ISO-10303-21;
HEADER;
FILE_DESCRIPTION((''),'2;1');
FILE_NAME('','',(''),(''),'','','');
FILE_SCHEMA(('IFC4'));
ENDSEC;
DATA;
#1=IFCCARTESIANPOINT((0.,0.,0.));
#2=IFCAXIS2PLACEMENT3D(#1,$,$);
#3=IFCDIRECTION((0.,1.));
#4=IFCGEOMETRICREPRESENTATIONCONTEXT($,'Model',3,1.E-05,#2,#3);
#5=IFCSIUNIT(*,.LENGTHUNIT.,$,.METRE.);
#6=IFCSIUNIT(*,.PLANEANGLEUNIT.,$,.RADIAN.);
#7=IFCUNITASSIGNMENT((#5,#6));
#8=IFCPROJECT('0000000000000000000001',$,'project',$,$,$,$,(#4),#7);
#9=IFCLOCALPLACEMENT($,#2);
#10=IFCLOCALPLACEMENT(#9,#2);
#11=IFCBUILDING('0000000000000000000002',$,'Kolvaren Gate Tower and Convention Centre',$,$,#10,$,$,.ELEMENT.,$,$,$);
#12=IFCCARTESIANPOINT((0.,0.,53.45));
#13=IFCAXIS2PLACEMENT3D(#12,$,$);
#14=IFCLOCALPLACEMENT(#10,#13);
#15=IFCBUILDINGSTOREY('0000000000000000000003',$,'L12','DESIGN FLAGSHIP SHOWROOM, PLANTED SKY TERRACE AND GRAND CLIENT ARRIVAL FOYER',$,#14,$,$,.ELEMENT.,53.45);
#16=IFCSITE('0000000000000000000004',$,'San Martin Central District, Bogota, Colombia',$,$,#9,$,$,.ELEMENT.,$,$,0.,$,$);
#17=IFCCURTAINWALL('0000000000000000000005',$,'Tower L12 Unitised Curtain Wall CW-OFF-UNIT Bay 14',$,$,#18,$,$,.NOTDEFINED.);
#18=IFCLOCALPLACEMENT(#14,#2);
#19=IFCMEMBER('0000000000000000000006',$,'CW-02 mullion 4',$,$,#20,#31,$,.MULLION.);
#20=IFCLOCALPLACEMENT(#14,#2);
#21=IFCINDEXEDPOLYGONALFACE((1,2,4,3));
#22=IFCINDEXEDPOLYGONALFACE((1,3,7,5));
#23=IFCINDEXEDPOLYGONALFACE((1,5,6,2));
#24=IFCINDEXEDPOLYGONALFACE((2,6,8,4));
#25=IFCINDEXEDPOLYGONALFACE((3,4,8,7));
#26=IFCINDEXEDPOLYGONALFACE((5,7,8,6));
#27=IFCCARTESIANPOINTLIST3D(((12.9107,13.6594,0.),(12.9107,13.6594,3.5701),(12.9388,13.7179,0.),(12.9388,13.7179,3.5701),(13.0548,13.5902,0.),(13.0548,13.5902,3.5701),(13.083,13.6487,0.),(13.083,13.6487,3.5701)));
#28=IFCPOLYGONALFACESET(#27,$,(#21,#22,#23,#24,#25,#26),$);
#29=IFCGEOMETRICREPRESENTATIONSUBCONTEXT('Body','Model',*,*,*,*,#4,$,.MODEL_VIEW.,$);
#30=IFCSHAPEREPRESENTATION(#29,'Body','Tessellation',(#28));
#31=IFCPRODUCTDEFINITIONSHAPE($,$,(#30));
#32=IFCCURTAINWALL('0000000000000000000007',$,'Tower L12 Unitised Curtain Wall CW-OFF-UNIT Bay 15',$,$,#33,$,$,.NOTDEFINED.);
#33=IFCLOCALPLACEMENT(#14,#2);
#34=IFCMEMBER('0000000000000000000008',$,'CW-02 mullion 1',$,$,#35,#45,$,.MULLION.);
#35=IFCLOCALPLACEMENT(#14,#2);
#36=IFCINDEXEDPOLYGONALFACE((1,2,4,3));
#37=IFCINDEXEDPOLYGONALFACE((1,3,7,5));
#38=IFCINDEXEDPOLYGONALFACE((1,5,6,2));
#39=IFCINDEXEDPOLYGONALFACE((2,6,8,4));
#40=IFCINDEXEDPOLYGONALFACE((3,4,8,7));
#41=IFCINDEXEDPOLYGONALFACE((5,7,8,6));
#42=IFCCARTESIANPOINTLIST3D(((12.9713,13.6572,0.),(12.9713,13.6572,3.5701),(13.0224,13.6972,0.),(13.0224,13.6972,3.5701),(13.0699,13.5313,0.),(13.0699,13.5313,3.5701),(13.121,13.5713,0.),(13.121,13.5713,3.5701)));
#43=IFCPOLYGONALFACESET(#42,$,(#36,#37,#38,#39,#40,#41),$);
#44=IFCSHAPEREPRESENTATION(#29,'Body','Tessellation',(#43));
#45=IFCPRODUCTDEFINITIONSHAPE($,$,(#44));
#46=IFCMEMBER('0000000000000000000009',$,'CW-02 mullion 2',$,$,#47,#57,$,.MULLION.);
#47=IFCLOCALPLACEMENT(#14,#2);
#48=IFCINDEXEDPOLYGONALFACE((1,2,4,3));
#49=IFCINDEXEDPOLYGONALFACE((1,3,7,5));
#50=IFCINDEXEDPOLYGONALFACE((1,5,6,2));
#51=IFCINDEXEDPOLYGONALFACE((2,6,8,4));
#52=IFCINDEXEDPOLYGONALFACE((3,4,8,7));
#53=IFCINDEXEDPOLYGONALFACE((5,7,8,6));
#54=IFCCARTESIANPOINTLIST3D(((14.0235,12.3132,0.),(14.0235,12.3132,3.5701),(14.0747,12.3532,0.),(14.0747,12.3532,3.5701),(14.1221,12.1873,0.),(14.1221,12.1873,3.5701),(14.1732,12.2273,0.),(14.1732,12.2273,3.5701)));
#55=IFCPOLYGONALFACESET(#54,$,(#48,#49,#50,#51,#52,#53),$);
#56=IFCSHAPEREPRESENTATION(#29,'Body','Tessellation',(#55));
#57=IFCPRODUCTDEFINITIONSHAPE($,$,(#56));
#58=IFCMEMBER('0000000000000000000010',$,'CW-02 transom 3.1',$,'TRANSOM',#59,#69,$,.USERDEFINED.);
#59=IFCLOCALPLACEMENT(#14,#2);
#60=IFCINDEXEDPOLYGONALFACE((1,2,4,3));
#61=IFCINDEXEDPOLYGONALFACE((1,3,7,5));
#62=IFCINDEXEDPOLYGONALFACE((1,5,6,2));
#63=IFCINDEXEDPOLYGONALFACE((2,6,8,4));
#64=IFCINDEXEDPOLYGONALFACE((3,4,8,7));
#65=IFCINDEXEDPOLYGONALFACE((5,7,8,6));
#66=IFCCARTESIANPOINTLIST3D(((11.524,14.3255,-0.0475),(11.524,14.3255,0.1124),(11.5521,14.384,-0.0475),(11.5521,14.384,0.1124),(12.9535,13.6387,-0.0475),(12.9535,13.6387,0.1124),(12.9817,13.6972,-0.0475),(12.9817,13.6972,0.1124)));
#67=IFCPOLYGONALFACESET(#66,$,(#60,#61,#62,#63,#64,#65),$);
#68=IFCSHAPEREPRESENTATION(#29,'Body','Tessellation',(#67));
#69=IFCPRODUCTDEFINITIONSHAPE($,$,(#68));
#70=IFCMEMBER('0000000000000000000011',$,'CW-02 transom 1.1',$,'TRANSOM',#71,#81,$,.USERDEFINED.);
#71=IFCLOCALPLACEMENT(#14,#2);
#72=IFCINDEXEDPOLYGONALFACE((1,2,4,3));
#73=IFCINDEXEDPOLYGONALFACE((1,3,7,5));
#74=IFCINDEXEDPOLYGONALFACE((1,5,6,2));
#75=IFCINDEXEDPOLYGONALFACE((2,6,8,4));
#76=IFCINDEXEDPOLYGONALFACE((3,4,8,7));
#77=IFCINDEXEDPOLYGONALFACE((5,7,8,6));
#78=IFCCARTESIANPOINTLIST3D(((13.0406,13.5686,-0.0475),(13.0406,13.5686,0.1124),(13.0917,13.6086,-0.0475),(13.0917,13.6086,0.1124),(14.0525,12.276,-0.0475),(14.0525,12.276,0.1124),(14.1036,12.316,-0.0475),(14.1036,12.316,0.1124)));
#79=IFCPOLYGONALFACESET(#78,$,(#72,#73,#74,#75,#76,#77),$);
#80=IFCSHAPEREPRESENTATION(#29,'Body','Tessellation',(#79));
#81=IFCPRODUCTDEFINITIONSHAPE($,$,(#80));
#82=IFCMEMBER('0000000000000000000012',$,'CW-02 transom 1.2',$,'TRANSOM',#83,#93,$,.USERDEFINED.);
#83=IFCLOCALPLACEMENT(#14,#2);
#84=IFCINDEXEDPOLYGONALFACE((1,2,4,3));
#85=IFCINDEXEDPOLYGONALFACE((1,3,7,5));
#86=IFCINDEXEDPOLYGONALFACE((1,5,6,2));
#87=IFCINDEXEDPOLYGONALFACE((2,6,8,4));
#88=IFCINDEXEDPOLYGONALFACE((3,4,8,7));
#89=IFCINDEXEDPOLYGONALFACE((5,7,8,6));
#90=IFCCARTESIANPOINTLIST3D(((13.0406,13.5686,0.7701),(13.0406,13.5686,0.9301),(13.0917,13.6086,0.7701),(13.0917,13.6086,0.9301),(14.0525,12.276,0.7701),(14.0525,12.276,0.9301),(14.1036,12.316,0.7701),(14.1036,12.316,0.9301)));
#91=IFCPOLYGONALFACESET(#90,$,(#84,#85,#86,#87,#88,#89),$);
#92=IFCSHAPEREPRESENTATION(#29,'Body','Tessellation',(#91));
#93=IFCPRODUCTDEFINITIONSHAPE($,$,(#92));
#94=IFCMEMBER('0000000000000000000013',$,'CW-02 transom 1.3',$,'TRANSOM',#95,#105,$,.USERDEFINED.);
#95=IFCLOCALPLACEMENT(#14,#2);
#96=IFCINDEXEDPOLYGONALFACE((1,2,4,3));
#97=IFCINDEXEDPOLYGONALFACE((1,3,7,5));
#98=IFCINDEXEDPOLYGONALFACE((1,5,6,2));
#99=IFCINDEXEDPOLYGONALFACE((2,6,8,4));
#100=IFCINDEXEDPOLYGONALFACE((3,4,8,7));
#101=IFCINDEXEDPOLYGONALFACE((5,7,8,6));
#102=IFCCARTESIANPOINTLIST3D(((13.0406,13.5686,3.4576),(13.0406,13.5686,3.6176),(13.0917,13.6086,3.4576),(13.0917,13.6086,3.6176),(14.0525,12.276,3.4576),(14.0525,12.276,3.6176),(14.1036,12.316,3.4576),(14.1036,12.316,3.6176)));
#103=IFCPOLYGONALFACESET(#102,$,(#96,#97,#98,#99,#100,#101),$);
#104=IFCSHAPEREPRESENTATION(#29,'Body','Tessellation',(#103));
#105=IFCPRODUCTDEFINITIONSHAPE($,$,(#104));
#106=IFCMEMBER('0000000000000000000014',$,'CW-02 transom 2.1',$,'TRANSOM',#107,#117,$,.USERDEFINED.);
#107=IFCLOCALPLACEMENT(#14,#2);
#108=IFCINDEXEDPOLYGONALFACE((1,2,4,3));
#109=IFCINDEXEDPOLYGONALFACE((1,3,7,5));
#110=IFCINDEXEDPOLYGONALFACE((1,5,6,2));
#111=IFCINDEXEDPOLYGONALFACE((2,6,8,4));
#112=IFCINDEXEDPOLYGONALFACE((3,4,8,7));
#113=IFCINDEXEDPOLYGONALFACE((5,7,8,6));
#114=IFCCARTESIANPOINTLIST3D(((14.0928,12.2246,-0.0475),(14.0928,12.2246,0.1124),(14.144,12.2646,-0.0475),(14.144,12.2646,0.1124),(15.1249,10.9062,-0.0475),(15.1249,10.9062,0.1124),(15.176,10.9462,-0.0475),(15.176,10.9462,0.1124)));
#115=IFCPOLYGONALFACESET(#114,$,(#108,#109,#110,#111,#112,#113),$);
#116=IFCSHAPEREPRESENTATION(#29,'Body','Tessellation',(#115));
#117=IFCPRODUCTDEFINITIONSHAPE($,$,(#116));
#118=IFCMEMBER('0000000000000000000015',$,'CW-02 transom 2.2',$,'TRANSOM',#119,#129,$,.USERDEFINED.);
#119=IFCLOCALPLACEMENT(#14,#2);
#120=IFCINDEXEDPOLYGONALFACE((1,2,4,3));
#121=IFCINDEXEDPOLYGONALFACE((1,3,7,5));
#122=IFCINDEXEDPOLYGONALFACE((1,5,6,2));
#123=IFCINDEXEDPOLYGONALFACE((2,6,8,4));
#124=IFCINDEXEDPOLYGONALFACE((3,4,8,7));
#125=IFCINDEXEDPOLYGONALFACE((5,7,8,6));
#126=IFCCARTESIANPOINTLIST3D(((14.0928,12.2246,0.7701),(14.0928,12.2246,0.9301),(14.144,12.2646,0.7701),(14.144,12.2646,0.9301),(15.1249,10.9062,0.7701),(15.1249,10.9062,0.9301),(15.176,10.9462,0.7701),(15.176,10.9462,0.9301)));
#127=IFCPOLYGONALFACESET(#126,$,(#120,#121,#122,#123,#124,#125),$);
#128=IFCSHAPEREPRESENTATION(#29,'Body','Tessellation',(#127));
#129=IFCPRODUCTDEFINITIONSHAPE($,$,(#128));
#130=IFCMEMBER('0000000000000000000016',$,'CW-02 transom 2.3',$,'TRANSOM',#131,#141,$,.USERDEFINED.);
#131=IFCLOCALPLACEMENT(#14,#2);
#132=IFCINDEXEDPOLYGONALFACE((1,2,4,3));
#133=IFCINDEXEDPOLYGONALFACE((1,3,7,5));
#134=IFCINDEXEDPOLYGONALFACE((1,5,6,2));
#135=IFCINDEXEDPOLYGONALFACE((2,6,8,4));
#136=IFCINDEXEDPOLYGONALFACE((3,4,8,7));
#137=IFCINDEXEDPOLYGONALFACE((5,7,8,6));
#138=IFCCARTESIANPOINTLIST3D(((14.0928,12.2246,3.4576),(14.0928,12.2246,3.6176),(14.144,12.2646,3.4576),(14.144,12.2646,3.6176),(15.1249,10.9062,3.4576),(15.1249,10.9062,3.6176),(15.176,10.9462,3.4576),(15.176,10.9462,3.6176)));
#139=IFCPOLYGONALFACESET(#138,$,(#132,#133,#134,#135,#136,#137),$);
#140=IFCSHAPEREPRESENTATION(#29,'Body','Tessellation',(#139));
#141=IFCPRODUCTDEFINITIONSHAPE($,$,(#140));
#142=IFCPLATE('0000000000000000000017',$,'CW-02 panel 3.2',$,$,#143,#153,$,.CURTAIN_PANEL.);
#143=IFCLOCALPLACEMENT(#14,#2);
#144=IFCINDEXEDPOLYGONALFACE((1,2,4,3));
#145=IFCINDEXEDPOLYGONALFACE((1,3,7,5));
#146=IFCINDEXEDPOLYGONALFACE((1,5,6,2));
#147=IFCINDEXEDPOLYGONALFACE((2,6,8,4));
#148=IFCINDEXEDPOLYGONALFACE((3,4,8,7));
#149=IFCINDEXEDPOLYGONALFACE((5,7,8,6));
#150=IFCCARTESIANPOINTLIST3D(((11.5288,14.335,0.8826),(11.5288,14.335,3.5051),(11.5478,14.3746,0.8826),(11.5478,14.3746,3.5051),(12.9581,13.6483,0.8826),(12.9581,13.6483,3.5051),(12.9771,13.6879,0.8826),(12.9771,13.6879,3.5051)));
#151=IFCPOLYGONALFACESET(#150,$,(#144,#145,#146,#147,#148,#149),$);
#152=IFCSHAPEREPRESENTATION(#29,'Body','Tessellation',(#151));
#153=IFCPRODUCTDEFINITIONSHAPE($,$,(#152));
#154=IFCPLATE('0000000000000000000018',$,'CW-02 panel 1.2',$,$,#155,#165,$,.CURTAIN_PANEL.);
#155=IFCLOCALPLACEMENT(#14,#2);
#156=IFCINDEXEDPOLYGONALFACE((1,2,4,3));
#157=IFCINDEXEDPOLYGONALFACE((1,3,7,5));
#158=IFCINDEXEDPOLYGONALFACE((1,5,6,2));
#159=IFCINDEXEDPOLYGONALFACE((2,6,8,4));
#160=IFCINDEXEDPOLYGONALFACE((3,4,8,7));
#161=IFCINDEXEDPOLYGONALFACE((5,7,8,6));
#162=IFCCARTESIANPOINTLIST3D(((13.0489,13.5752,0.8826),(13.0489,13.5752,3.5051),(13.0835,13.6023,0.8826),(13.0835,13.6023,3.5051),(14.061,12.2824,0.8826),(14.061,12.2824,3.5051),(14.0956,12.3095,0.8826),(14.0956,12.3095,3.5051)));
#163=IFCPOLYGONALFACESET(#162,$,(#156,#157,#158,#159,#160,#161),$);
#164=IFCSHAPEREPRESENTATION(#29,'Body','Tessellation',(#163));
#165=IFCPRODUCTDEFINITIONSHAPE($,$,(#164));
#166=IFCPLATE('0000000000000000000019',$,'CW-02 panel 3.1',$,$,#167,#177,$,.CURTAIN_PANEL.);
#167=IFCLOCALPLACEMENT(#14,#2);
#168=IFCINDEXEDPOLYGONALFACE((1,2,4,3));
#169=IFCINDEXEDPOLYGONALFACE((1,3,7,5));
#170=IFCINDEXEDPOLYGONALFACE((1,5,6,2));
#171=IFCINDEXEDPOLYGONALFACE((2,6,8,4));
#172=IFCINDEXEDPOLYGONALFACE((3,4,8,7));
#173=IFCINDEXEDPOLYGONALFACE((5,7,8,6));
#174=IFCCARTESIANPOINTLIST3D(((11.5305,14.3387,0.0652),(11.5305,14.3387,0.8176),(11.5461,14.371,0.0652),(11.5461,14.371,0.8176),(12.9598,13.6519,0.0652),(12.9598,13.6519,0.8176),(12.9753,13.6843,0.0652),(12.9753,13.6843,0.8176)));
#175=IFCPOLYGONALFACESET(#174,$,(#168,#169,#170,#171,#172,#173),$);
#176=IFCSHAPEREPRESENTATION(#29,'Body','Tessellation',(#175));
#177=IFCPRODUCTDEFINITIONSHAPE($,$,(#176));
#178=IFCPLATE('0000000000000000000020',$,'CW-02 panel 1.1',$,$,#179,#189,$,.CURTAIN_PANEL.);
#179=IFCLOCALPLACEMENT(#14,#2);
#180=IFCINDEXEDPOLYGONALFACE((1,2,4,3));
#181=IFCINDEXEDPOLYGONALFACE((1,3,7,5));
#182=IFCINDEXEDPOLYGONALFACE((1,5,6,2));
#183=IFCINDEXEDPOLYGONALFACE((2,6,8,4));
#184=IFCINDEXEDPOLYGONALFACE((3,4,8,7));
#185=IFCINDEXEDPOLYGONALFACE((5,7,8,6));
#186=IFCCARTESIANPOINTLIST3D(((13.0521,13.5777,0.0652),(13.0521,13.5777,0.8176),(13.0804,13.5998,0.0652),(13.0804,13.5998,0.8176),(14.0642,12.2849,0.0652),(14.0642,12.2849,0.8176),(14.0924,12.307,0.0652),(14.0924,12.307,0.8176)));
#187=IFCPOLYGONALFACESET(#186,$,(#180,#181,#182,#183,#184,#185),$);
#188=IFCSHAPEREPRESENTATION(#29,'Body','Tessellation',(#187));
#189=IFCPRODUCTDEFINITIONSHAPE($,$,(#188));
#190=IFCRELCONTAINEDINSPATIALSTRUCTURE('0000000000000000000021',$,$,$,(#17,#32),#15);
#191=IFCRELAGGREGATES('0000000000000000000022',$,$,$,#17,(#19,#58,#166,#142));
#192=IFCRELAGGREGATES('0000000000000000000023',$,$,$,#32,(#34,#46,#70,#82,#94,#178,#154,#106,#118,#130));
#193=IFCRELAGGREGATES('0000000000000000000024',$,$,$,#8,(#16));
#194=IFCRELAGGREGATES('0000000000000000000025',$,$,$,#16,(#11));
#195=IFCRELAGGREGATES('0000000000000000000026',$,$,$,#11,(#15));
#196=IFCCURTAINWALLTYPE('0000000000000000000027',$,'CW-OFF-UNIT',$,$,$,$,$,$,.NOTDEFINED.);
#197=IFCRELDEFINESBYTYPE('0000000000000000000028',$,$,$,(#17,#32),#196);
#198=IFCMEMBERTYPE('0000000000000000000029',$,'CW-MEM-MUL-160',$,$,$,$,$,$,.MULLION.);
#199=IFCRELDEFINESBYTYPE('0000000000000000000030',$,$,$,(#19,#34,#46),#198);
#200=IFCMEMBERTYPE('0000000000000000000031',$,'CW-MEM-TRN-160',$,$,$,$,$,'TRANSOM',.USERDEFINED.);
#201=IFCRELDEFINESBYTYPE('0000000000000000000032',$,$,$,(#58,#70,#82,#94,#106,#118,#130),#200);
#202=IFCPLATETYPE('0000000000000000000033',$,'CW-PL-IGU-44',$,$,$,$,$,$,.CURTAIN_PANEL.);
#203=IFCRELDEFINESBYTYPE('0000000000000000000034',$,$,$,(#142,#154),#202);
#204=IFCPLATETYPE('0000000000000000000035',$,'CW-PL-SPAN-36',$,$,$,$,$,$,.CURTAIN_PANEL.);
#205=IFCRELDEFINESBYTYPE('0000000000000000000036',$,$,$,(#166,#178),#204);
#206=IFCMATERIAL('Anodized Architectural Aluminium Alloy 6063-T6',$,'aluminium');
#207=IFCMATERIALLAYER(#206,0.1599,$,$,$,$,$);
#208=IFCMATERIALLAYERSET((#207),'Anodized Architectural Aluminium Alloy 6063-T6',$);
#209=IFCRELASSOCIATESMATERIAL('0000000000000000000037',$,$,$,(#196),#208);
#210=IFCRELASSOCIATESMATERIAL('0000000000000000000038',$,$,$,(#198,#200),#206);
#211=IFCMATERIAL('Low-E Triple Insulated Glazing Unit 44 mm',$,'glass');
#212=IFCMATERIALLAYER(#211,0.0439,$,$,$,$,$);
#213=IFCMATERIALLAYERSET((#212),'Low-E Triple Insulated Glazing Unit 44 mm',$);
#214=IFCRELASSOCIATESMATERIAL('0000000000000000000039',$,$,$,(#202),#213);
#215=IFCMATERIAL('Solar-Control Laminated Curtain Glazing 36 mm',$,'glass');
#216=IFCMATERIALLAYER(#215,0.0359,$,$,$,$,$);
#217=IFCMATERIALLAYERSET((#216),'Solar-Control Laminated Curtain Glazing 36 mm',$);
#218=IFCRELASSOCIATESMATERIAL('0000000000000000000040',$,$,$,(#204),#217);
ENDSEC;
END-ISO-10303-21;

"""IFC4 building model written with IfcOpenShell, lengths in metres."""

from ifc_helpers import new_model, si_unit, direction, frame, origin, origin_2d, place, context, subcontext, project, spatial, rectangle, extrude, material, layer, layer_set, material_profile, profile_set, type_object, element, aggregate, save


model = new_model("IFC4")

# Units and contexts
model_context = context("Model", 3, precision=1e-05, world=origin(), true_north=direction((0.0, 1.0)))
body_context = subcontext(model_context, "Body", "Model", "MODEL_VIEW")
ifc_project = project(units=[si_unit("LENGTHUNIT", "METRE"), si_unit("PLANEANGLEUNIT", "RADIAN")], contexts=[model_context])

# Site, building, storey
site_placement = place(None, origin())
site = spatial("IfcSite", under=ifc_project, at=site_placement, Name="San Martin Central District, Bogota, Colombia", CompositionType="ELEMENT", RefElevation=0.0)
building_placement = place(site_placement, origin())
building = spatial("IfcBuilding", under=site, at=building_placement, Name="Kolvaren Gate Tower and Convention Centre", CompositionType="ELEMENT")
storey_placement = place(building_placement, frame((0.0, 0.0, 53.45)))
storey = spatial("IfcBuildingStorey", under=building, at=storey_placement, Name="L12", Description="DESIGN FLAGSHIP SHOWROOM, PLANTED SKY TERRACE AND GRAND CLIENT ARRIVAL FOYER", CompositionType="ELEMENT", Elevation=53.45)

# Curtain wall, member
ifc_material_1 = material(Name="Anodized Architectural Aluminium Alloy 6063-T6", Category="aluminium")
ifc_layer_1 = layer(ifc_material_1, 0.1599)
ifc_layer_set_1 = layer_set([ifc_layer_1], Name="Anodized Architectural Aluminium Alloy 6063-T6")
curtain_wall_type = type_object("IfcCurtainWallType", Name="CW-OFF-UNIT", PredefinedType="NOTDEFINED", material=ifc_layer_set_1)
curtain_wall_1_placement = place(storey_placement, origin())
curtain_wall_1 = element("IfcCurtainWall", 1, at=curtain_wall_1_placement, inside=storey, type_object=curtain_wall_type, Name="Tower L12 Unitised Curtain Wall CW-OFF-UNIT Bay 14", PredefinedType="NOTDEFINED")
ifc_material_profile_1 = material_profile(ifc_material_1, rectangle(XDim=0.0649, YDim=0.1599, at=origin_2d()), Name="CW-MEM-MUL-160")
ifc_profile_set_1 = profile_set([ifc_material_profile_1], Name="Anodized Architectural Aluminium Alloy 6063-T6")
member_type_1 = type_object("IfcMemberType", Name="CW-MEM-MUL-160", PredefinedType="MULLION", material=ifc_profile_set_1)
member_1_placement = place(storey_placement, frame((12.9968, 13.6541, 0.0), z_axis=(0.0, 0.0, 1.0), x_axis=(0.433075, 0.901358, 0.0)))
member_1 = element("IfcMember", 2, at=member_1_placement, type_object=member_type_1, Name="CW-02 mullion 4", PredefinedType="MULLION", context=body_context, shape_type="SweptSolid", body=[
    extrude(rectangle(XDim=0.0649, YDim=0.1599, at=origin_2d()), origin(), (0.0, 0.0, 1.0), 3.5701),
])

# Curtain wall, members
curtain_wall_2_placement = place(storey_placement, origin())
curtain_wall_2 = element("IfcCurtainWall", 3, at=curtain_wall_2_placement, inside=storey, type_object=curtain_wall_type, Name="Tower L12 Unitised Curtain Wall CW-OFF-UNIT Bay 15", PredefinedType="NOTDEFINED")
member_2_placement = place(storey_placement, frame((13.0461, 13.6143, 0.0), z_axis=(0.0, 0.0, 1.0), x_axis=(0.787412, 0.616427, 0.0)))
member_2 = element("IfcMember", 4, at=member_2_placement, type_object=member_type_1, Name="CW-02 mullion 1", PredefinedType="MULLION", context=body_context, shape_type="SweptSolid", body=[
    extrude(rectangle(XDim=0.0649, YDim=0.1599, at=origin_2d()), origin(), (0.0, 0.0, 1.0), 3.5701),
])
member_3_placement = place(storey_placement, frame((14.0984, 12.2703, 0.0), z_axis=(0.0, 0.0, 1.0), x_axis=(0.787412, 0.616427, 0.0)))
member_3 = element("IfcMember", 5, at=member_3_placement, type_object=member_type_1, Name="CW-02 mullion 2", PredefinedType="MULLION", context=body_context, shape_type="SweptSolid", body=[
    extrude(rectangle(XDim=0.0649, YDim=0.1599, at=origin_2d()), origin(), (0.0, 0.0, 1.0), 3.5701),
])

# Members
ifc_material_profile_2 = material_profile(ifc_material_1, rectangle(XDim=0.0649, YDim=0.1599, at=origin_2d()), Name="CW-MEM-TRN-160")
ifc_profile_set_2 = profile_set([ifc_material_profile_2], Name="Anodized Architectural Aluminium Alloy 6063-T6")
member_type_2 = type_object("IfcMemberType", Name="CW-MEM-TRN-160", ElementType="TRANSOM", PredefinedType="USERDEFINED", material=ifc_profile_set_2)
member_4_placement = place(storey_placement, frame((11.5381, 14.3547, 0.0325), z_axis=(0.901367, -0.433056, 0.0), x_axis=(0.433056, 0.901367, 0.0)))
member_4 = element("IfcMember", 6, at=member_4_placement, type_object=member_type_2, Name="CW-02 transom 3.1", ObjectType="TRANSOM", PredefinedType="USERDEFINED", context=body_context, shape_type="SweptSolid", body=[
    extrude(rectangle(XDim=0.0649, YDim=0.1599, at=origin_2d()), origin(), (0.0, 0.0, 1.0), 1.5859),
])
member_5_placement = place(storey_placement, frame((13.0662, 13.5886, 0.0325), z_axis=(0.616409, -0.787427, 0.0), x_axis=(0.787427, 0.616409, 0.0)))
member_5 = element("IfcMember", 7, at=member_5_placement, type_object=member_type_2, Name="CW-02 transom 1.1", ObjectType="TRANSOM", PredefinedType="USERDEFINED", context=body_context, shape_type="SweptSolid", body=[
    extrude(rectangle(XDim=0.0649, YDim=0.1599, at=origin_2d()), origin(), (0.0, 0.0, 1.0), 1.6416),
])
member_6_placement = place(storey_placement, frame((13.0662, 13.5886, 0.8501), z_axis=(0.616409, -0.787427, 0.0), x_axis=(0.787427, 0.616409, 0.0)))
member_6 = element("IfcMember", 8, at=member_6_placement, type_object=member_type_2, Name="CW-02 transom 1.2", ObjectType="TRANSOM", PredefinedType="USERDEFINED", context=body_context, shape_type="SweptSolid", body=[
    extrude(rectangle(XDim=0.0649, YDim=0.1599, at=origin_2d()), origin(), (0.0, 0.0, 1.0), 1.6416),
])
member_7_placement = place(storey_placement, frame((13.0662, 13.5886, 3.5376), z_axis=(0.616409, -0.787427, 0.0), x_axis=(0.787427, 0.616409, 0.0)))
member_7 = element("IfcMember", 9, at=member_7_placement, type_object=member_type_2, Name="CW-02 transom 1.3", ObjectType="TRANSOM", PredefinedType="USERDEFINED", context=body_context, shape_type="SweptSolid", body=[
    extrude(rectangle(XDim=0.0649, YDim=0.1599, at=origin_2d()), origin(), (0.0, 0.0, 1.0), 1.6416),
])
member_8_placement = place(storey_placement, frame((14.1184, 12.2446, 0.0325), z_axis=(0.616391, -0.78744, 0.0), x_axis=(0.78744, 0.616391, 0.0)))
member_8 = element("IfcMember", 10, at=member_8_placement, type_object=member_type_2, Name="CW-02 transom 2.1", ObjectType="TRANSOM", PredefinedType="USERDEFINED", context=body_context, shape_type="SweptSolid", body=[
    extrude(rectangle(XDim=0.0649, YDim=0.1599, at=origin_2d()), origin(), (0.0, 0.0, 1.0), 1.6743),
])
member_9_placement = place(storey_placement, frame((14.1184, 12.2446, 0.8501), z_axis=(0.616391, -0.78744, 0.0), x_axis=(0.78744, 0.616391, 0.0)))
member_9 = element("IfcMember", 11, at=member_9_placement, type_object=member_type_2, Name="CW-02 transom 2.2", ObjectType="TRANSOM", PredefinedType="USERDEFINED", context=body_context, shape_type="SweptSolid", body=[
    extrude(rectangle(XDim=0.0649, YDim=0.1599, at=origin_2d()), origin(), (0.0, 0.0, 1.0), 1.6743),
])
member_10_placement = place(storey_placement, frame((14.1184, 12.2446, 3.5376), z_axis=(0.616391, -0.78744, 0.0), x_axis=(0.78744, 0.616391, 0.0)))
member_10 = element("IfcMember", 12, at=member_10_placement, type_object=member_type_2, Name="CW-02 transom 2.3", ObjectType="TRANSOM", PredefinedType="USERDEFINED", context=body_context, shape_type="SweptSolid", body=[
    extrude(rectangle(XDim=0.0649, YDim=0.1599, at=origin_2d()), origin(), (0.0, 0.0, 1.0), 1.6743),
])

# Plates
ifc_material_2 = material(Name="Low-E Triple Insulated Glazing Unit 44 mm", Category="glass")
ifc_layer_2 = layer(ifc_material_2, 0.0439)
ifc_layer_set_2 = layer_set([ifc_layer_2], Name="Low-E Triple Insulated Glazing Unit 44 mm")
plate_type_1 = type_object("IfcPlateType", Name="CW-PL-IGU-44", PredefinedType="CURTAIN_PANEL", material=ifc_layer_set_2)
plate_1_placement = place(storey_placement, frame((12.2529, 14.0115, 0.8826), z_axis=(0.0, 0.0, 1.0), x_axis=(0.901358, -0.433075, 0.0)))
plate_1 = element("IfcPlate", 13, at=plate_1_placement, type_object=plate_type_1, Name="CW-02 panel 3.2", PredefinedType="CURTAIN_PANEL", context=body_context, shape_type="SweptSolid", body=[
    extrude(rectangle(XDim=1.5857, YDim=0.0439, at=origin_2d()), origin(), (0.0, 0.0, 1.0), 2.6226),
])
plate_2_placement = place(storey_placement, frame((13.5723, 12.9424, 0.8826), z_axis=(0.0, 0.0, 1.0), x_axis=(0.616427, -0.787412, 0.0)))
plate_2 = element("IfcPlate", 14, at=plate_2_placement, type_object=plate_type_1, Name="CW-02 panel 1.2", PredefinedType="CURTAIN_PANEL", context=body_context, shape_type="SweptSolid", body=[
    extrude(rectangle(XDim=1.6418, YDim=0.0439, at=origin_2d()), origin(), (0.0, 0.0, 1.0), 2.6226),
])
ifc_material_3 = material(Name="Solar-Control Laminated Curtain Glazing 36 mm", Category="glass")
ifc_layer_3 = layer(ifc_material_3, 0.0359)
ifc_layer_set_3 = layer_set([ifc_layer_3], Name="Solar-Control Laminated Curtain Glazing 36 mm")
plate_type_2 = type_object("IfcPlateType", Name="CW-PL-SPAN-36", PredefinedType="CURTAIN_PANEL", material=ifc_layer_set_3)
plate_3_placement = place(storey_placement, frame((12.2529, 14.0115, 0.0652), z_axis=(0.0, 0.0, 1.0), x_axis=(0.901358, -0.433075, 0.0)))
plate_3 = element("IfcPlate", 15, at=plate_3_placement, type_object=plate_type_2, Name="CW-02 panel 3.1", PredefinedType="CURTAIN_PANEL", context=body_context, shape_type="SweptSolid", body=[
    extrude(rectangle(XDim=1.5857, YDim=0.0359, at=origin_2d()), origin(), (0.0, 0.0, 1.0), 0.7524),
])
aggregate(curtain_wall_1, [member_1, member_4, plate_3, plate_1])
plate_4_placement = place(storey_placement, frame((13.5723, 12.9424, 0.0652), z_axis=(0.0, 0.0, 1.0), x_axis=(0.616427, -0.787412, 0.0)))
plate_4 = element("IfcPlate", 16, at=plate_4_placement, type_object=plate_type_2, Name="CW-02 panel 1.1", PredefinedType="CURTAIN_PANEL", context=body_context, shape_type="SweptSolid", body=[
    extrude(rectangle(XDim=1.6418, YDim=0.0359, at=origin_2d()), origin(), (0.0, 0.0, 1.0), 0.7524),
])
aggregate(curtain_wall_2, [member_2, member_3, member_5, member_6, member_7, plate_4, plate_2, member_8, member_9, member_10])

save(model, "model.ifc")
